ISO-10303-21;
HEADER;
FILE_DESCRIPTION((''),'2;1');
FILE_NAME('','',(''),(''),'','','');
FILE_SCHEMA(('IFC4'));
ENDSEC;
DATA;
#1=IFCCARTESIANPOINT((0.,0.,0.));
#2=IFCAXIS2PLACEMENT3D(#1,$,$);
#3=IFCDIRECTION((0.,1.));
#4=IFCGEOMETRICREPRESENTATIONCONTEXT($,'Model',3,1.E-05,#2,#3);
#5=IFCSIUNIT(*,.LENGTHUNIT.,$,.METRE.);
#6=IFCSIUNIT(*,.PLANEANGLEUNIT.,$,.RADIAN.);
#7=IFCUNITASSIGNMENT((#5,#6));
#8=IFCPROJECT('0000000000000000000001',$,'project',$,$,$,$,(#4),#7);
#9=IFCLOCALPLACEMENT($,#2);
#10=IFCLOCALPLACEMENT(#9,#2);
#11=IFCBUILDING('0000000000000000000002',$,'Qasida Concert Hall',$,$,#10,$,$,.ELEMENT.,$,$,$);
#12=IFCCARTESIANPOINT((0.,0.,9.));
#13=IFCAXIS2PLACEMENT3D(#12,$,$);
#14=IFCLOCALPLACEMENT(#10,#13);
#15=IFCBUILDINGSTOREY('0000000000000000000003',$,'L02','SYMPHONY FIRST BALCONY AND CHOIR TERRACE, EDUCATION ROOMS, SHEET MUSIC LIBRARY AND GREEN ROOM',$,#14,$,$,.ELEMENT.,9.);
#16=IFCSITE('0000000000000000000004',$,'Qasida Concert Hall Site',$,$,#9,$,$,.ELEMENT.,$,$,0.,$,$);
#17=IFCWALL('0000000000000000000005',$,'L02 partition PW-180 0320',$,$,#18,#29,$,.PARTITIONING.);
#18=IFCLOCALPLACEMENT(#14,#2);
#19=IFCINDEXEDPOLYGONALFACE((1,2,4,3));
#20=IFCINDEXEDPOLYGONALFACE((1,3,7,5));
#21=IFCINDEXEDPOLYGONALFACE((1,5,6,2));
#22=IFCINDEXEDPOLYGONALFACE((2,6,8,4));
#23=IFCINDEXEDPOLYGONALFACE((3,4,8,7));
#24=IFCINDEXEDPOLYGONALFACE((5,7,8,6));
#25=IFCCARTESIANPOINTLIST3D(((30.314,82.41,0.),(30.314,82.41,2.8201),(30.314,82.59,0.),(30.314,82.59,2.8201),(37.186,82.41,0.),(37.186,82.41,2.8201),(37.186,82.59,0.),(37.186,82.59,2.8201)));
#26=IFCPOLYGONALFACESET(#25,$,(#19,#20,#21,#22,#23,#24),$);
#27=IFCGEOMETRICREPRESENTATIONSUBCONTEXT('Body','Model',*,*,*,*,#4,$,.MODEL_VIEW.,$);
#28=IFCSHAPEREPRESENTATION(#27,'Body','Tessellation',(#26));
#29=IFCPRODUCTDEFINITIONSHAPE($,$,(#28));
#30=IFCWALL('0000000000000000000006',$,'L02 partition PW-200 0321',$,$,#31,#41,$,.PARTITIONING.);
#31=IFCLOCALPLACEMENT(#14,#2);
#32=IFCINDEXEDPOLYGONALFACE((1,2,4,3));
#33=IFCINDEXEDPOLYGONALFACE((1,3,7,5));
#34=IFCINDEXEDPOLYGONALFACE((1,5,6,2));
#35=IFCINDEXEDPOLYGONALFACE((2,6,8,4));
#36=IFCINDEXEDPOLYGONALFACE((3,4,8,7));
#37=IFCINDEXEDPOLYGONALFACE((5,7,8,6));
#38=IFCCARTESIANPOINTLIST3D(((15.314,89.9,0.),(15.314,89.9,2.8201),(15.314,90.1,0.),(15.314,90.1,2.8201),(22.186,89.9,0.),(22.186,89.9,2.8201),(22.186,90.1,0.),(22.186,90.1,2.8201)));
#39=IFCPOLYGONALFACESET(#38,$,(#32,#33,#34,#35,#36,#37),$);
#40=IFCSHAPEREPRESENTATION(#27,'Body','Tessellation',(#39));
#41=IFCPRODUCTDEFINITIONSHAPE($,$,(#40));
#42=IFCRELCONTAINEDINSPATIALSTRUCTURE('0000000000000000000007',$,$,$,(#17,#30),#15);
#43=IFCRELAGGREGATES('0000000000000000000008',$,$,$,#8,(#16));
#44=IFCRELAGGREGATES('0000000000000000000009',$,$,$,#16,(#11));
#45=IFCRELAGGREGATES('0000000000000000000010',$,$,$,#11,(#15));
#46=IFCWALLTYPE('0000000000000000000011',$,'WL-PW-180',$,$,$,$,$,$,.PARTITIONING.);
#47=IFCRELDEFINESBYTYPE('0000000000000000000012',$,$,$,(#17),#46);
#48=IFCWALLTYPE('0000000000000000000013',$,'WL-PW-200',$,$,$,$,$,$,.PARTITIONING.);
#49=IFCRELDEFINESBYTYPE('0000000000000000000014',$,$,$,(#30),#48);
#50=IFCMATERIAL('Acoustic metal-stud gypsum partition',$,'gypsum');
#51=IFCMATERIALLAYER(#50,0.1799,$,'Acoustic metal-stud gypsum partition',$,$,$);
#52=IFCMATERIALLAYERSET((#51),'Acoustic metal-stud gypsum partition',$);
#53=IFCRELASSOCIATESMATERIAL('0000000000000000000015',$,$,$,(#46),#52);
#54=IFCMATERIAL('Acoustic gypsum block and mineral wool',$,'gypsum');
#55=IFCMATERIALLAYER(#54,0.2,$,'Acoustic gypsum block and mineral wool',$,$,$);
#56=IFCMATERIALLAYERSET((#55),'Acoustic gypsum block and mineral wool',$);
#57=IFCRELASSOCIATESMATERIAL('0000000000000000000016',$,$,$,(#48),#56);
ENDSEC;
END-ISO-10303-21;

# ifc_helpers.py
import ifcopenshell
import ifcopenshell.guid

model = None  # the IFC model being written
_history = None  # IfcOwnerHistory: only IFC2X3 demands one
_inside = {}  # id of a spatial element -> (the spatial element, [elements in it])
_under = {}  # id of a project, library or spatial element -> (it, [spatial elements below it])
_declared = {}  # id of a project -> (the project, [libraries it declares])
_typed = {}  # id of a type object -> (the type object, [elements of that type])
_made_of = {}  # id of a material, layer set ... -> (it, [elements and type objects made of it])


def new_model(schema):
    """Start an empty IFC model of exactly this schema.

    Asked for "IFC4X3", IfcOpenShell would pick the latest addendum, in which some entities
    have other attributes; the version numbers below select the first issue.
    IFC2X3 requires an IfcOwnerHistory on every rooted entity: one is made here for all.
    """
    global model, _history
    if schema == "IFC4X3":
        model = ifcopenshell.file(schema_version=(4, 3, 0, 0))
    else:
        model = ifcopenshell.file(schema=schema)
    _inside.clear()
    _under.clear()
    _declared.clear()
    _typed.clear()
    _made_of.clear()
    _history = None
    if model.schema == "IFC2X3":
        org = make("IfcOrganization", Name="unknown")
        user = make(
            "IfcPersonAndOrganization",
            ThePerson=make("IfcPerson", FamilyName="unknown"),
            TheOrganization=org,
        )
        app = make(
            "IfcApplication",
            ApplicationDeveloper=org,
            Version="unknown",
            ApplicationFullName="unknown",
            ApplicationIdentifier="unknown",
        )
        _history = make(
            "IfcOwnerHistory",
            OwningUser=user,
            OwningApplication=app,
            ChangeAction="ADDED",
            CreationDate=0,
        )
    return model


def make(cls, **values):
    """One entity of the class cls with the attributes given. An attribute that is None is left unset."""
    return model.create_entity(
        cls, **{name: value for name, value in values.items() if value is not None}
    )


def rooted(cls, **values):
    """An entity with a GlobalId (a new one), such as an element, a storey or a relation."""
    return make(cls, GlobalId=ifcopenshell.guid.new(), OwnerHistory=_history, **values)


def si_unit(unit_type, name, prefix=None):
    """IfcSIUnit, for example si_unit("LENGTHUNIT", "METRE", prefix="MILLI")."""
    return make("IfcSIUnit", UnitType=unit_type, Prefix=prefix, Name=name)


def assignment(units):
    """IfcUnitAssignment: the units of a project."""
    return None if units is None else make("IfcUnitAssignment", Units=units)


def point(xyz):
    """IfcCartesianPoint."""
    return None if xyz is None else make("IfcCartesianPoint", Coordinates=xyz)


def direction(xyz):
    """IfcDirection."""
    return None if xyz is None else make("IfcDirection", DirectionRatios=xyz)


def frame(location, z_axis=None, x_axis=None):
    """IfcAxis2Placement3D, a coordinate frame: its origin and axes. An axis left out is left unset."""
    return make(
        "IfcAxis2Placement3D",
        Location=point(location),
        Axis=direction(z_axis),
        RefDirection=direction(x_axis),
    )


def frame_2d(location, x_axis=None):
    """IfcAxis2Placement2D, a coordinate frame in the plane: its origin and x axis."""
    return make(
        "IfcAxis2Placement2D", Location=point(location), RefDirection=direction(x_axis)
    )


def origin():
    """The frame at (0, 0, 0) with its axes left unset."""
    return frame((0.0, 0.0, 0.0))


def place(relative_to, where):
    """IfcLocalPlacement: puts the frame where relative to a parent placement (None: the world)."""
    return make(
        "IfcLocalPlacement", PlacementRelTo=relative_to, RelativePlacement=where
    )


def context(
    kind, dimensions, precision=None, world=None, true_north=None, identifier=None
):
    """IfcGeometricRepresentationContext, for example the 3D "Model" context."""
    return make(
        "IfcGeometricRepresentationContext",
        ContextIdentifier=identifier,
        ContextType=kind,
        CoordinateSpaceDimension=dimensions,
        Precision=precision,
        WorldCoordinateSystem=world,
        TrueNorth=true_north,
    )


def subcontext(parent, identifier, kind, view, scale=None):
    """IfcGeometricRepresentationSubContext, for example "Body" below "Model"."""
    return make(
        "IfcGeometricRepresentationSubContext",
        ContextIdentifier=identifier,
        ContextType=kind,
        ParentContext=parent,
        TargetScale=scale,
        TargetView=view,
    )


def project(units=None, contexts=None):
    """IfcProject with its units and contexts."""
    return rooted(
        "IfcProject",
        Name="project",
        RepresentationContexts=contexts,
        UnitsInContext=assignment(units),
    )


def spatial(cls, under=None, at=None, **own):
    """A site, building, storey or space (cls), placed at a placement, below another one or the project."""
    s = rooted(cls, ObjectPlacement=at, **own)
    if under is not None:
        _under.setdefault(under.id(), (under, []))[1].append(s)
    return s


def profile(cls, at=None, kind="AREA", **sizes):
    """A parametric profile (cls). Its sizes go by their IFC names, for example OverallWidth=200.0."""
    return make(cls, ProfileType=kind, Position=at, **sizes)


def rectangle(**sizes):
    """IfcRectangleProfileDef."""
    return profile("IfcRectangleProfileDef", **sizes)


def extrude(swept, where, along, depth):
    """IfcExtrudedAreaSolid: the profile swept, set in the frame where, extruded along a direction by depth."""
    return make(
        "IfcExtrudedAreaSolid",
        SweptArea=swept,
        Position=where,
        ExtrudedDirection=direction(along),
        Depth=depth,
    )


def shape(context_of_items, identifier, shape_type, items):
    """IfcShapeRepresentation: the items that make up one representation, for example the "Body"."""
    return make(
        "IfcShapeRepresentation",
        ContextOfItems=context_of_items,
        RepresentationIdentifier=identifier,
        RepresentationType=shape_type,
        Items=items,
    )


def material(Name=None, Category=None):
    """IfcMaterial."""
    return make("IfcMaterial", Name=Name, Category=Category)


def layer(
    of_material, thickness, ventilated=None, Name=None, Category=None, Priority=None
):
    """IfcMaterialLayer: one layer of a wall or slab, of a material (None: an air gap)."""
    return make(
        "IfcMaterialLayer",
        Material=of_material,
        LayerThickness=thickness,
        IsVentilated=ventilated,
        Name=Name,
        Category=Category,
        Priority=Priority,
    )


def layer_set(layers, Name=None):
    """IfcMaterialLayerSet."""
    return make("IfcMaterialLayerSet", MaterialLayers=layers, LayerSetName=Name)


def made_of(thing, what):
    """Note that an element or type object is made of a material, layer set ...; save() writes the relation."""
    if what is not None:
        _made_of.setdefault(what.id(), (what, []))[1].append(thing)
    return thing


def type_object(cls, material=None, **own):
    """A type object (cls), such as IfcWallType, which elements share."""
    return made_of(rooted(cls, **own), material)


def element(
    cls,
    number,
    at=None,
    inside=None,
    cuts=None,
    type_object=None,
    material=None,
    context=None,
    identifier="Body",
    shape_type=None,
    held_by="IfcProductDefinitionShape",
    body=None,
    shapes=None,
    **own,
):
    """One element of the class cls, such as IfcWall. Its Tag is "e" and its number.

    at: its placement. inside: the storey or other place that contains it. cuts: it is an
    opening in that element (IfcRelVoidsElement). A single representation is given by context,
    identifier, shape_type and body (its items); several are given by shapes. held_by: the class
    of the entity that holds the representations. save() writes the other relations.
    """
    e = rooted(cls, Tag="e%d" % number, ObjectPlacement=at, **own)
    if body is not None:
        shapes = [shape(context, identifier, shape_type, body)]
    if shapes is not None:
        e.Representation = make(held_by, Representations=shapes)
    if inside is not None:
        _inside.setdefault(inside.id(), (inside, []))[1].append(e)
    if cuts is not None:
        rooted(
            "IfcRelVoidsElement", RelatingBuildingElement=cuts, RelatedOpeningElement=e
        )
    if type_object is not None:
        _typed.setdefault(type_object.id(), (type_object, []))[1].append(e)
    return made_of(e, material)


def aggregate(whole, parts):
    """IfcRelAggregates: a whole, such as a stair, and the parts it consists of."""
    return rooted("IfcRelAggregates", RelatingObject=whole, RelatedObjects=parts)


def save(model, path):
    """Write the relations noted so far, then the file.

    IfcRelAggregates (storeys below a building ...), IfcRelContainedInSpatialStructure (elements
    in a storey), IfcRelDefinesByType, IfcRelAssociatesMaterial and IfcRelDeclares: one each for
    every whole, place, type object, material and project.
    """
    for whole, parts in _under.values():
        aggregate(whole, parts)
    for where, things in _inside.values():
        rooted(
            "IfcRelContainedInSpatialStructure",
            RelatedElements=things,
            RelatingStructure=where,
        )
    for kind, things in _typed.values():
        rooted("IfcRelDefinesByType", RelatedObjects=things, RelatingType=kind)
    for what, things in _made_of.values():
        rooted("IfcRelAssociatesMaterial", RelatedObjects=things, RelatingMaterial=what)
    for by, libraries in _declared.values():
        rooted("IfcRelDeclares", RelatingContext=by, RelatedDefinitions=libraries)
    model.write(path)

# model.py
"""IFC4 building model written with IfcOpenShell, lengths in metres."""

from ifc_helpers import new_model, si_unit, direction, frame, frame_2d, origin, place, context, subcontext, project, spatial, rectangle, extrude, material, layer, layer_set, type_object, element, save


model = new_model("IFC4")

# Units and contexts
model_context = context("Model", 3, precision=1e-05, world=origin(), true_north=direction((0.0, 1.0)))
body_context = subcontext(model_context, "Body", "Model", "MODEL_VIEW")
ifc_project = project(units=[si_unit("LENGTHUNIT", "METRE"), si_unit("PLANEANGLEUNIT", "RADIAN")], contexts=[model_context])

# Site, building, storey
site_placement = place(None, origin())
site = spatial("IfcSite", under=ifc_project, at=site_placement, Name="Qasida Concert Hall Site", CompositionType="ELEMENT", RefElevation=0.0)
building_placement = place(site_placement, origin())
building = spatial("IfcBuilding", under=site, at=building_placement, Name="Qasida Concert Hall", CompositionType="ELEMENT")
storey_placement = place(building_placement, frame((0.0, 0.0, 9.0)))
storey = spatial("IfcBuildingStorey", under=building, at=storey_placement, Name="L02", Description="SYMPHONY FIRST BALCONY AND CHOIR TERRACE, EDUCATION ROOMS, SHEET MUSIC LIBRARY AND GREEN ROOM", CompositionType="ELEMENT", Elevation=9.0)

# Shared definitions
ifc_material_1 = material(Name="Acoustic metal-stud gypsum partition", Category="gypsum")
ifc_layer_1 = layer(ifc_material_1, 0.1799, Name="Acoustic metal-stud gypsum partition")
ifc_layer_set_1 = layer_set([ifc_layer_1], Name="Acoustic metal-stud gypsum partition")
wall_type_1 = type_object("IfcWallType", Name="WL-PW-180", PredefinedType="PARTITIONING", material=ifc_layer_set_1)

# Walls
wall_1_placement = place(storey_placement, frame((30.314, 82.5, 0.0), z_axis=(0.0, 0.0, 1.0), x_axis=(1.0, 0.0, 0.0)))
element("IfcWall", 1, at=wall_1_placement, inside=storey, type_object=wall_type_1, Name="L02 partition PW-180 0320", PredefinedType="PARTITIONING", context=body_context, shape_type="SweptSolid", body=[
    extrude(rectangle(XDim=6.8721, YDim=0.1799, at=frame_2d((3.436, 0.0))), origin(), (0.0, 0.0, 1.0), 2.8201),
])
ifc_material_2 = material(Name="Acoustic gypsum block and mineral wool", Category="gypsum")
ifc_layer_2 = layer(ifc_material_2, 0.2, Name="Acoustic gypsum block and mineral wool")
ifc_layer_set_2 = layer_set([ifc_layer_2], Name="Acoustic gypsum block and mineral wool")
wall_type_2 = type_object("IfcWallType", Name="WL-PW-200", PredefinedType="PARTITIONING", material=ifc_layer_set_2)
wall_2_placement = place(storey_placement, frame((15.314, 90.0, 0.0), z_axis=(0.0, 0.0, 1.0), x_axis=(1.0, 0.0, 0.0)))
element("IfcWall", 2, at=wall_2_placement, inside=storey, type_object=wall_type_2, Name="L02 partition PW-200 0321", PredefinedType="PARTITIONING", context=body_context, shape_type="SweptSolid", body=[
    extrude(rectangle(XDim=6.8721, YDim=0.2, at=frame_2d((3.436, 0.0))), origin(), (0.0, 0.0, 1.0), 2.8201),
])

save(model, "model.ifc")
